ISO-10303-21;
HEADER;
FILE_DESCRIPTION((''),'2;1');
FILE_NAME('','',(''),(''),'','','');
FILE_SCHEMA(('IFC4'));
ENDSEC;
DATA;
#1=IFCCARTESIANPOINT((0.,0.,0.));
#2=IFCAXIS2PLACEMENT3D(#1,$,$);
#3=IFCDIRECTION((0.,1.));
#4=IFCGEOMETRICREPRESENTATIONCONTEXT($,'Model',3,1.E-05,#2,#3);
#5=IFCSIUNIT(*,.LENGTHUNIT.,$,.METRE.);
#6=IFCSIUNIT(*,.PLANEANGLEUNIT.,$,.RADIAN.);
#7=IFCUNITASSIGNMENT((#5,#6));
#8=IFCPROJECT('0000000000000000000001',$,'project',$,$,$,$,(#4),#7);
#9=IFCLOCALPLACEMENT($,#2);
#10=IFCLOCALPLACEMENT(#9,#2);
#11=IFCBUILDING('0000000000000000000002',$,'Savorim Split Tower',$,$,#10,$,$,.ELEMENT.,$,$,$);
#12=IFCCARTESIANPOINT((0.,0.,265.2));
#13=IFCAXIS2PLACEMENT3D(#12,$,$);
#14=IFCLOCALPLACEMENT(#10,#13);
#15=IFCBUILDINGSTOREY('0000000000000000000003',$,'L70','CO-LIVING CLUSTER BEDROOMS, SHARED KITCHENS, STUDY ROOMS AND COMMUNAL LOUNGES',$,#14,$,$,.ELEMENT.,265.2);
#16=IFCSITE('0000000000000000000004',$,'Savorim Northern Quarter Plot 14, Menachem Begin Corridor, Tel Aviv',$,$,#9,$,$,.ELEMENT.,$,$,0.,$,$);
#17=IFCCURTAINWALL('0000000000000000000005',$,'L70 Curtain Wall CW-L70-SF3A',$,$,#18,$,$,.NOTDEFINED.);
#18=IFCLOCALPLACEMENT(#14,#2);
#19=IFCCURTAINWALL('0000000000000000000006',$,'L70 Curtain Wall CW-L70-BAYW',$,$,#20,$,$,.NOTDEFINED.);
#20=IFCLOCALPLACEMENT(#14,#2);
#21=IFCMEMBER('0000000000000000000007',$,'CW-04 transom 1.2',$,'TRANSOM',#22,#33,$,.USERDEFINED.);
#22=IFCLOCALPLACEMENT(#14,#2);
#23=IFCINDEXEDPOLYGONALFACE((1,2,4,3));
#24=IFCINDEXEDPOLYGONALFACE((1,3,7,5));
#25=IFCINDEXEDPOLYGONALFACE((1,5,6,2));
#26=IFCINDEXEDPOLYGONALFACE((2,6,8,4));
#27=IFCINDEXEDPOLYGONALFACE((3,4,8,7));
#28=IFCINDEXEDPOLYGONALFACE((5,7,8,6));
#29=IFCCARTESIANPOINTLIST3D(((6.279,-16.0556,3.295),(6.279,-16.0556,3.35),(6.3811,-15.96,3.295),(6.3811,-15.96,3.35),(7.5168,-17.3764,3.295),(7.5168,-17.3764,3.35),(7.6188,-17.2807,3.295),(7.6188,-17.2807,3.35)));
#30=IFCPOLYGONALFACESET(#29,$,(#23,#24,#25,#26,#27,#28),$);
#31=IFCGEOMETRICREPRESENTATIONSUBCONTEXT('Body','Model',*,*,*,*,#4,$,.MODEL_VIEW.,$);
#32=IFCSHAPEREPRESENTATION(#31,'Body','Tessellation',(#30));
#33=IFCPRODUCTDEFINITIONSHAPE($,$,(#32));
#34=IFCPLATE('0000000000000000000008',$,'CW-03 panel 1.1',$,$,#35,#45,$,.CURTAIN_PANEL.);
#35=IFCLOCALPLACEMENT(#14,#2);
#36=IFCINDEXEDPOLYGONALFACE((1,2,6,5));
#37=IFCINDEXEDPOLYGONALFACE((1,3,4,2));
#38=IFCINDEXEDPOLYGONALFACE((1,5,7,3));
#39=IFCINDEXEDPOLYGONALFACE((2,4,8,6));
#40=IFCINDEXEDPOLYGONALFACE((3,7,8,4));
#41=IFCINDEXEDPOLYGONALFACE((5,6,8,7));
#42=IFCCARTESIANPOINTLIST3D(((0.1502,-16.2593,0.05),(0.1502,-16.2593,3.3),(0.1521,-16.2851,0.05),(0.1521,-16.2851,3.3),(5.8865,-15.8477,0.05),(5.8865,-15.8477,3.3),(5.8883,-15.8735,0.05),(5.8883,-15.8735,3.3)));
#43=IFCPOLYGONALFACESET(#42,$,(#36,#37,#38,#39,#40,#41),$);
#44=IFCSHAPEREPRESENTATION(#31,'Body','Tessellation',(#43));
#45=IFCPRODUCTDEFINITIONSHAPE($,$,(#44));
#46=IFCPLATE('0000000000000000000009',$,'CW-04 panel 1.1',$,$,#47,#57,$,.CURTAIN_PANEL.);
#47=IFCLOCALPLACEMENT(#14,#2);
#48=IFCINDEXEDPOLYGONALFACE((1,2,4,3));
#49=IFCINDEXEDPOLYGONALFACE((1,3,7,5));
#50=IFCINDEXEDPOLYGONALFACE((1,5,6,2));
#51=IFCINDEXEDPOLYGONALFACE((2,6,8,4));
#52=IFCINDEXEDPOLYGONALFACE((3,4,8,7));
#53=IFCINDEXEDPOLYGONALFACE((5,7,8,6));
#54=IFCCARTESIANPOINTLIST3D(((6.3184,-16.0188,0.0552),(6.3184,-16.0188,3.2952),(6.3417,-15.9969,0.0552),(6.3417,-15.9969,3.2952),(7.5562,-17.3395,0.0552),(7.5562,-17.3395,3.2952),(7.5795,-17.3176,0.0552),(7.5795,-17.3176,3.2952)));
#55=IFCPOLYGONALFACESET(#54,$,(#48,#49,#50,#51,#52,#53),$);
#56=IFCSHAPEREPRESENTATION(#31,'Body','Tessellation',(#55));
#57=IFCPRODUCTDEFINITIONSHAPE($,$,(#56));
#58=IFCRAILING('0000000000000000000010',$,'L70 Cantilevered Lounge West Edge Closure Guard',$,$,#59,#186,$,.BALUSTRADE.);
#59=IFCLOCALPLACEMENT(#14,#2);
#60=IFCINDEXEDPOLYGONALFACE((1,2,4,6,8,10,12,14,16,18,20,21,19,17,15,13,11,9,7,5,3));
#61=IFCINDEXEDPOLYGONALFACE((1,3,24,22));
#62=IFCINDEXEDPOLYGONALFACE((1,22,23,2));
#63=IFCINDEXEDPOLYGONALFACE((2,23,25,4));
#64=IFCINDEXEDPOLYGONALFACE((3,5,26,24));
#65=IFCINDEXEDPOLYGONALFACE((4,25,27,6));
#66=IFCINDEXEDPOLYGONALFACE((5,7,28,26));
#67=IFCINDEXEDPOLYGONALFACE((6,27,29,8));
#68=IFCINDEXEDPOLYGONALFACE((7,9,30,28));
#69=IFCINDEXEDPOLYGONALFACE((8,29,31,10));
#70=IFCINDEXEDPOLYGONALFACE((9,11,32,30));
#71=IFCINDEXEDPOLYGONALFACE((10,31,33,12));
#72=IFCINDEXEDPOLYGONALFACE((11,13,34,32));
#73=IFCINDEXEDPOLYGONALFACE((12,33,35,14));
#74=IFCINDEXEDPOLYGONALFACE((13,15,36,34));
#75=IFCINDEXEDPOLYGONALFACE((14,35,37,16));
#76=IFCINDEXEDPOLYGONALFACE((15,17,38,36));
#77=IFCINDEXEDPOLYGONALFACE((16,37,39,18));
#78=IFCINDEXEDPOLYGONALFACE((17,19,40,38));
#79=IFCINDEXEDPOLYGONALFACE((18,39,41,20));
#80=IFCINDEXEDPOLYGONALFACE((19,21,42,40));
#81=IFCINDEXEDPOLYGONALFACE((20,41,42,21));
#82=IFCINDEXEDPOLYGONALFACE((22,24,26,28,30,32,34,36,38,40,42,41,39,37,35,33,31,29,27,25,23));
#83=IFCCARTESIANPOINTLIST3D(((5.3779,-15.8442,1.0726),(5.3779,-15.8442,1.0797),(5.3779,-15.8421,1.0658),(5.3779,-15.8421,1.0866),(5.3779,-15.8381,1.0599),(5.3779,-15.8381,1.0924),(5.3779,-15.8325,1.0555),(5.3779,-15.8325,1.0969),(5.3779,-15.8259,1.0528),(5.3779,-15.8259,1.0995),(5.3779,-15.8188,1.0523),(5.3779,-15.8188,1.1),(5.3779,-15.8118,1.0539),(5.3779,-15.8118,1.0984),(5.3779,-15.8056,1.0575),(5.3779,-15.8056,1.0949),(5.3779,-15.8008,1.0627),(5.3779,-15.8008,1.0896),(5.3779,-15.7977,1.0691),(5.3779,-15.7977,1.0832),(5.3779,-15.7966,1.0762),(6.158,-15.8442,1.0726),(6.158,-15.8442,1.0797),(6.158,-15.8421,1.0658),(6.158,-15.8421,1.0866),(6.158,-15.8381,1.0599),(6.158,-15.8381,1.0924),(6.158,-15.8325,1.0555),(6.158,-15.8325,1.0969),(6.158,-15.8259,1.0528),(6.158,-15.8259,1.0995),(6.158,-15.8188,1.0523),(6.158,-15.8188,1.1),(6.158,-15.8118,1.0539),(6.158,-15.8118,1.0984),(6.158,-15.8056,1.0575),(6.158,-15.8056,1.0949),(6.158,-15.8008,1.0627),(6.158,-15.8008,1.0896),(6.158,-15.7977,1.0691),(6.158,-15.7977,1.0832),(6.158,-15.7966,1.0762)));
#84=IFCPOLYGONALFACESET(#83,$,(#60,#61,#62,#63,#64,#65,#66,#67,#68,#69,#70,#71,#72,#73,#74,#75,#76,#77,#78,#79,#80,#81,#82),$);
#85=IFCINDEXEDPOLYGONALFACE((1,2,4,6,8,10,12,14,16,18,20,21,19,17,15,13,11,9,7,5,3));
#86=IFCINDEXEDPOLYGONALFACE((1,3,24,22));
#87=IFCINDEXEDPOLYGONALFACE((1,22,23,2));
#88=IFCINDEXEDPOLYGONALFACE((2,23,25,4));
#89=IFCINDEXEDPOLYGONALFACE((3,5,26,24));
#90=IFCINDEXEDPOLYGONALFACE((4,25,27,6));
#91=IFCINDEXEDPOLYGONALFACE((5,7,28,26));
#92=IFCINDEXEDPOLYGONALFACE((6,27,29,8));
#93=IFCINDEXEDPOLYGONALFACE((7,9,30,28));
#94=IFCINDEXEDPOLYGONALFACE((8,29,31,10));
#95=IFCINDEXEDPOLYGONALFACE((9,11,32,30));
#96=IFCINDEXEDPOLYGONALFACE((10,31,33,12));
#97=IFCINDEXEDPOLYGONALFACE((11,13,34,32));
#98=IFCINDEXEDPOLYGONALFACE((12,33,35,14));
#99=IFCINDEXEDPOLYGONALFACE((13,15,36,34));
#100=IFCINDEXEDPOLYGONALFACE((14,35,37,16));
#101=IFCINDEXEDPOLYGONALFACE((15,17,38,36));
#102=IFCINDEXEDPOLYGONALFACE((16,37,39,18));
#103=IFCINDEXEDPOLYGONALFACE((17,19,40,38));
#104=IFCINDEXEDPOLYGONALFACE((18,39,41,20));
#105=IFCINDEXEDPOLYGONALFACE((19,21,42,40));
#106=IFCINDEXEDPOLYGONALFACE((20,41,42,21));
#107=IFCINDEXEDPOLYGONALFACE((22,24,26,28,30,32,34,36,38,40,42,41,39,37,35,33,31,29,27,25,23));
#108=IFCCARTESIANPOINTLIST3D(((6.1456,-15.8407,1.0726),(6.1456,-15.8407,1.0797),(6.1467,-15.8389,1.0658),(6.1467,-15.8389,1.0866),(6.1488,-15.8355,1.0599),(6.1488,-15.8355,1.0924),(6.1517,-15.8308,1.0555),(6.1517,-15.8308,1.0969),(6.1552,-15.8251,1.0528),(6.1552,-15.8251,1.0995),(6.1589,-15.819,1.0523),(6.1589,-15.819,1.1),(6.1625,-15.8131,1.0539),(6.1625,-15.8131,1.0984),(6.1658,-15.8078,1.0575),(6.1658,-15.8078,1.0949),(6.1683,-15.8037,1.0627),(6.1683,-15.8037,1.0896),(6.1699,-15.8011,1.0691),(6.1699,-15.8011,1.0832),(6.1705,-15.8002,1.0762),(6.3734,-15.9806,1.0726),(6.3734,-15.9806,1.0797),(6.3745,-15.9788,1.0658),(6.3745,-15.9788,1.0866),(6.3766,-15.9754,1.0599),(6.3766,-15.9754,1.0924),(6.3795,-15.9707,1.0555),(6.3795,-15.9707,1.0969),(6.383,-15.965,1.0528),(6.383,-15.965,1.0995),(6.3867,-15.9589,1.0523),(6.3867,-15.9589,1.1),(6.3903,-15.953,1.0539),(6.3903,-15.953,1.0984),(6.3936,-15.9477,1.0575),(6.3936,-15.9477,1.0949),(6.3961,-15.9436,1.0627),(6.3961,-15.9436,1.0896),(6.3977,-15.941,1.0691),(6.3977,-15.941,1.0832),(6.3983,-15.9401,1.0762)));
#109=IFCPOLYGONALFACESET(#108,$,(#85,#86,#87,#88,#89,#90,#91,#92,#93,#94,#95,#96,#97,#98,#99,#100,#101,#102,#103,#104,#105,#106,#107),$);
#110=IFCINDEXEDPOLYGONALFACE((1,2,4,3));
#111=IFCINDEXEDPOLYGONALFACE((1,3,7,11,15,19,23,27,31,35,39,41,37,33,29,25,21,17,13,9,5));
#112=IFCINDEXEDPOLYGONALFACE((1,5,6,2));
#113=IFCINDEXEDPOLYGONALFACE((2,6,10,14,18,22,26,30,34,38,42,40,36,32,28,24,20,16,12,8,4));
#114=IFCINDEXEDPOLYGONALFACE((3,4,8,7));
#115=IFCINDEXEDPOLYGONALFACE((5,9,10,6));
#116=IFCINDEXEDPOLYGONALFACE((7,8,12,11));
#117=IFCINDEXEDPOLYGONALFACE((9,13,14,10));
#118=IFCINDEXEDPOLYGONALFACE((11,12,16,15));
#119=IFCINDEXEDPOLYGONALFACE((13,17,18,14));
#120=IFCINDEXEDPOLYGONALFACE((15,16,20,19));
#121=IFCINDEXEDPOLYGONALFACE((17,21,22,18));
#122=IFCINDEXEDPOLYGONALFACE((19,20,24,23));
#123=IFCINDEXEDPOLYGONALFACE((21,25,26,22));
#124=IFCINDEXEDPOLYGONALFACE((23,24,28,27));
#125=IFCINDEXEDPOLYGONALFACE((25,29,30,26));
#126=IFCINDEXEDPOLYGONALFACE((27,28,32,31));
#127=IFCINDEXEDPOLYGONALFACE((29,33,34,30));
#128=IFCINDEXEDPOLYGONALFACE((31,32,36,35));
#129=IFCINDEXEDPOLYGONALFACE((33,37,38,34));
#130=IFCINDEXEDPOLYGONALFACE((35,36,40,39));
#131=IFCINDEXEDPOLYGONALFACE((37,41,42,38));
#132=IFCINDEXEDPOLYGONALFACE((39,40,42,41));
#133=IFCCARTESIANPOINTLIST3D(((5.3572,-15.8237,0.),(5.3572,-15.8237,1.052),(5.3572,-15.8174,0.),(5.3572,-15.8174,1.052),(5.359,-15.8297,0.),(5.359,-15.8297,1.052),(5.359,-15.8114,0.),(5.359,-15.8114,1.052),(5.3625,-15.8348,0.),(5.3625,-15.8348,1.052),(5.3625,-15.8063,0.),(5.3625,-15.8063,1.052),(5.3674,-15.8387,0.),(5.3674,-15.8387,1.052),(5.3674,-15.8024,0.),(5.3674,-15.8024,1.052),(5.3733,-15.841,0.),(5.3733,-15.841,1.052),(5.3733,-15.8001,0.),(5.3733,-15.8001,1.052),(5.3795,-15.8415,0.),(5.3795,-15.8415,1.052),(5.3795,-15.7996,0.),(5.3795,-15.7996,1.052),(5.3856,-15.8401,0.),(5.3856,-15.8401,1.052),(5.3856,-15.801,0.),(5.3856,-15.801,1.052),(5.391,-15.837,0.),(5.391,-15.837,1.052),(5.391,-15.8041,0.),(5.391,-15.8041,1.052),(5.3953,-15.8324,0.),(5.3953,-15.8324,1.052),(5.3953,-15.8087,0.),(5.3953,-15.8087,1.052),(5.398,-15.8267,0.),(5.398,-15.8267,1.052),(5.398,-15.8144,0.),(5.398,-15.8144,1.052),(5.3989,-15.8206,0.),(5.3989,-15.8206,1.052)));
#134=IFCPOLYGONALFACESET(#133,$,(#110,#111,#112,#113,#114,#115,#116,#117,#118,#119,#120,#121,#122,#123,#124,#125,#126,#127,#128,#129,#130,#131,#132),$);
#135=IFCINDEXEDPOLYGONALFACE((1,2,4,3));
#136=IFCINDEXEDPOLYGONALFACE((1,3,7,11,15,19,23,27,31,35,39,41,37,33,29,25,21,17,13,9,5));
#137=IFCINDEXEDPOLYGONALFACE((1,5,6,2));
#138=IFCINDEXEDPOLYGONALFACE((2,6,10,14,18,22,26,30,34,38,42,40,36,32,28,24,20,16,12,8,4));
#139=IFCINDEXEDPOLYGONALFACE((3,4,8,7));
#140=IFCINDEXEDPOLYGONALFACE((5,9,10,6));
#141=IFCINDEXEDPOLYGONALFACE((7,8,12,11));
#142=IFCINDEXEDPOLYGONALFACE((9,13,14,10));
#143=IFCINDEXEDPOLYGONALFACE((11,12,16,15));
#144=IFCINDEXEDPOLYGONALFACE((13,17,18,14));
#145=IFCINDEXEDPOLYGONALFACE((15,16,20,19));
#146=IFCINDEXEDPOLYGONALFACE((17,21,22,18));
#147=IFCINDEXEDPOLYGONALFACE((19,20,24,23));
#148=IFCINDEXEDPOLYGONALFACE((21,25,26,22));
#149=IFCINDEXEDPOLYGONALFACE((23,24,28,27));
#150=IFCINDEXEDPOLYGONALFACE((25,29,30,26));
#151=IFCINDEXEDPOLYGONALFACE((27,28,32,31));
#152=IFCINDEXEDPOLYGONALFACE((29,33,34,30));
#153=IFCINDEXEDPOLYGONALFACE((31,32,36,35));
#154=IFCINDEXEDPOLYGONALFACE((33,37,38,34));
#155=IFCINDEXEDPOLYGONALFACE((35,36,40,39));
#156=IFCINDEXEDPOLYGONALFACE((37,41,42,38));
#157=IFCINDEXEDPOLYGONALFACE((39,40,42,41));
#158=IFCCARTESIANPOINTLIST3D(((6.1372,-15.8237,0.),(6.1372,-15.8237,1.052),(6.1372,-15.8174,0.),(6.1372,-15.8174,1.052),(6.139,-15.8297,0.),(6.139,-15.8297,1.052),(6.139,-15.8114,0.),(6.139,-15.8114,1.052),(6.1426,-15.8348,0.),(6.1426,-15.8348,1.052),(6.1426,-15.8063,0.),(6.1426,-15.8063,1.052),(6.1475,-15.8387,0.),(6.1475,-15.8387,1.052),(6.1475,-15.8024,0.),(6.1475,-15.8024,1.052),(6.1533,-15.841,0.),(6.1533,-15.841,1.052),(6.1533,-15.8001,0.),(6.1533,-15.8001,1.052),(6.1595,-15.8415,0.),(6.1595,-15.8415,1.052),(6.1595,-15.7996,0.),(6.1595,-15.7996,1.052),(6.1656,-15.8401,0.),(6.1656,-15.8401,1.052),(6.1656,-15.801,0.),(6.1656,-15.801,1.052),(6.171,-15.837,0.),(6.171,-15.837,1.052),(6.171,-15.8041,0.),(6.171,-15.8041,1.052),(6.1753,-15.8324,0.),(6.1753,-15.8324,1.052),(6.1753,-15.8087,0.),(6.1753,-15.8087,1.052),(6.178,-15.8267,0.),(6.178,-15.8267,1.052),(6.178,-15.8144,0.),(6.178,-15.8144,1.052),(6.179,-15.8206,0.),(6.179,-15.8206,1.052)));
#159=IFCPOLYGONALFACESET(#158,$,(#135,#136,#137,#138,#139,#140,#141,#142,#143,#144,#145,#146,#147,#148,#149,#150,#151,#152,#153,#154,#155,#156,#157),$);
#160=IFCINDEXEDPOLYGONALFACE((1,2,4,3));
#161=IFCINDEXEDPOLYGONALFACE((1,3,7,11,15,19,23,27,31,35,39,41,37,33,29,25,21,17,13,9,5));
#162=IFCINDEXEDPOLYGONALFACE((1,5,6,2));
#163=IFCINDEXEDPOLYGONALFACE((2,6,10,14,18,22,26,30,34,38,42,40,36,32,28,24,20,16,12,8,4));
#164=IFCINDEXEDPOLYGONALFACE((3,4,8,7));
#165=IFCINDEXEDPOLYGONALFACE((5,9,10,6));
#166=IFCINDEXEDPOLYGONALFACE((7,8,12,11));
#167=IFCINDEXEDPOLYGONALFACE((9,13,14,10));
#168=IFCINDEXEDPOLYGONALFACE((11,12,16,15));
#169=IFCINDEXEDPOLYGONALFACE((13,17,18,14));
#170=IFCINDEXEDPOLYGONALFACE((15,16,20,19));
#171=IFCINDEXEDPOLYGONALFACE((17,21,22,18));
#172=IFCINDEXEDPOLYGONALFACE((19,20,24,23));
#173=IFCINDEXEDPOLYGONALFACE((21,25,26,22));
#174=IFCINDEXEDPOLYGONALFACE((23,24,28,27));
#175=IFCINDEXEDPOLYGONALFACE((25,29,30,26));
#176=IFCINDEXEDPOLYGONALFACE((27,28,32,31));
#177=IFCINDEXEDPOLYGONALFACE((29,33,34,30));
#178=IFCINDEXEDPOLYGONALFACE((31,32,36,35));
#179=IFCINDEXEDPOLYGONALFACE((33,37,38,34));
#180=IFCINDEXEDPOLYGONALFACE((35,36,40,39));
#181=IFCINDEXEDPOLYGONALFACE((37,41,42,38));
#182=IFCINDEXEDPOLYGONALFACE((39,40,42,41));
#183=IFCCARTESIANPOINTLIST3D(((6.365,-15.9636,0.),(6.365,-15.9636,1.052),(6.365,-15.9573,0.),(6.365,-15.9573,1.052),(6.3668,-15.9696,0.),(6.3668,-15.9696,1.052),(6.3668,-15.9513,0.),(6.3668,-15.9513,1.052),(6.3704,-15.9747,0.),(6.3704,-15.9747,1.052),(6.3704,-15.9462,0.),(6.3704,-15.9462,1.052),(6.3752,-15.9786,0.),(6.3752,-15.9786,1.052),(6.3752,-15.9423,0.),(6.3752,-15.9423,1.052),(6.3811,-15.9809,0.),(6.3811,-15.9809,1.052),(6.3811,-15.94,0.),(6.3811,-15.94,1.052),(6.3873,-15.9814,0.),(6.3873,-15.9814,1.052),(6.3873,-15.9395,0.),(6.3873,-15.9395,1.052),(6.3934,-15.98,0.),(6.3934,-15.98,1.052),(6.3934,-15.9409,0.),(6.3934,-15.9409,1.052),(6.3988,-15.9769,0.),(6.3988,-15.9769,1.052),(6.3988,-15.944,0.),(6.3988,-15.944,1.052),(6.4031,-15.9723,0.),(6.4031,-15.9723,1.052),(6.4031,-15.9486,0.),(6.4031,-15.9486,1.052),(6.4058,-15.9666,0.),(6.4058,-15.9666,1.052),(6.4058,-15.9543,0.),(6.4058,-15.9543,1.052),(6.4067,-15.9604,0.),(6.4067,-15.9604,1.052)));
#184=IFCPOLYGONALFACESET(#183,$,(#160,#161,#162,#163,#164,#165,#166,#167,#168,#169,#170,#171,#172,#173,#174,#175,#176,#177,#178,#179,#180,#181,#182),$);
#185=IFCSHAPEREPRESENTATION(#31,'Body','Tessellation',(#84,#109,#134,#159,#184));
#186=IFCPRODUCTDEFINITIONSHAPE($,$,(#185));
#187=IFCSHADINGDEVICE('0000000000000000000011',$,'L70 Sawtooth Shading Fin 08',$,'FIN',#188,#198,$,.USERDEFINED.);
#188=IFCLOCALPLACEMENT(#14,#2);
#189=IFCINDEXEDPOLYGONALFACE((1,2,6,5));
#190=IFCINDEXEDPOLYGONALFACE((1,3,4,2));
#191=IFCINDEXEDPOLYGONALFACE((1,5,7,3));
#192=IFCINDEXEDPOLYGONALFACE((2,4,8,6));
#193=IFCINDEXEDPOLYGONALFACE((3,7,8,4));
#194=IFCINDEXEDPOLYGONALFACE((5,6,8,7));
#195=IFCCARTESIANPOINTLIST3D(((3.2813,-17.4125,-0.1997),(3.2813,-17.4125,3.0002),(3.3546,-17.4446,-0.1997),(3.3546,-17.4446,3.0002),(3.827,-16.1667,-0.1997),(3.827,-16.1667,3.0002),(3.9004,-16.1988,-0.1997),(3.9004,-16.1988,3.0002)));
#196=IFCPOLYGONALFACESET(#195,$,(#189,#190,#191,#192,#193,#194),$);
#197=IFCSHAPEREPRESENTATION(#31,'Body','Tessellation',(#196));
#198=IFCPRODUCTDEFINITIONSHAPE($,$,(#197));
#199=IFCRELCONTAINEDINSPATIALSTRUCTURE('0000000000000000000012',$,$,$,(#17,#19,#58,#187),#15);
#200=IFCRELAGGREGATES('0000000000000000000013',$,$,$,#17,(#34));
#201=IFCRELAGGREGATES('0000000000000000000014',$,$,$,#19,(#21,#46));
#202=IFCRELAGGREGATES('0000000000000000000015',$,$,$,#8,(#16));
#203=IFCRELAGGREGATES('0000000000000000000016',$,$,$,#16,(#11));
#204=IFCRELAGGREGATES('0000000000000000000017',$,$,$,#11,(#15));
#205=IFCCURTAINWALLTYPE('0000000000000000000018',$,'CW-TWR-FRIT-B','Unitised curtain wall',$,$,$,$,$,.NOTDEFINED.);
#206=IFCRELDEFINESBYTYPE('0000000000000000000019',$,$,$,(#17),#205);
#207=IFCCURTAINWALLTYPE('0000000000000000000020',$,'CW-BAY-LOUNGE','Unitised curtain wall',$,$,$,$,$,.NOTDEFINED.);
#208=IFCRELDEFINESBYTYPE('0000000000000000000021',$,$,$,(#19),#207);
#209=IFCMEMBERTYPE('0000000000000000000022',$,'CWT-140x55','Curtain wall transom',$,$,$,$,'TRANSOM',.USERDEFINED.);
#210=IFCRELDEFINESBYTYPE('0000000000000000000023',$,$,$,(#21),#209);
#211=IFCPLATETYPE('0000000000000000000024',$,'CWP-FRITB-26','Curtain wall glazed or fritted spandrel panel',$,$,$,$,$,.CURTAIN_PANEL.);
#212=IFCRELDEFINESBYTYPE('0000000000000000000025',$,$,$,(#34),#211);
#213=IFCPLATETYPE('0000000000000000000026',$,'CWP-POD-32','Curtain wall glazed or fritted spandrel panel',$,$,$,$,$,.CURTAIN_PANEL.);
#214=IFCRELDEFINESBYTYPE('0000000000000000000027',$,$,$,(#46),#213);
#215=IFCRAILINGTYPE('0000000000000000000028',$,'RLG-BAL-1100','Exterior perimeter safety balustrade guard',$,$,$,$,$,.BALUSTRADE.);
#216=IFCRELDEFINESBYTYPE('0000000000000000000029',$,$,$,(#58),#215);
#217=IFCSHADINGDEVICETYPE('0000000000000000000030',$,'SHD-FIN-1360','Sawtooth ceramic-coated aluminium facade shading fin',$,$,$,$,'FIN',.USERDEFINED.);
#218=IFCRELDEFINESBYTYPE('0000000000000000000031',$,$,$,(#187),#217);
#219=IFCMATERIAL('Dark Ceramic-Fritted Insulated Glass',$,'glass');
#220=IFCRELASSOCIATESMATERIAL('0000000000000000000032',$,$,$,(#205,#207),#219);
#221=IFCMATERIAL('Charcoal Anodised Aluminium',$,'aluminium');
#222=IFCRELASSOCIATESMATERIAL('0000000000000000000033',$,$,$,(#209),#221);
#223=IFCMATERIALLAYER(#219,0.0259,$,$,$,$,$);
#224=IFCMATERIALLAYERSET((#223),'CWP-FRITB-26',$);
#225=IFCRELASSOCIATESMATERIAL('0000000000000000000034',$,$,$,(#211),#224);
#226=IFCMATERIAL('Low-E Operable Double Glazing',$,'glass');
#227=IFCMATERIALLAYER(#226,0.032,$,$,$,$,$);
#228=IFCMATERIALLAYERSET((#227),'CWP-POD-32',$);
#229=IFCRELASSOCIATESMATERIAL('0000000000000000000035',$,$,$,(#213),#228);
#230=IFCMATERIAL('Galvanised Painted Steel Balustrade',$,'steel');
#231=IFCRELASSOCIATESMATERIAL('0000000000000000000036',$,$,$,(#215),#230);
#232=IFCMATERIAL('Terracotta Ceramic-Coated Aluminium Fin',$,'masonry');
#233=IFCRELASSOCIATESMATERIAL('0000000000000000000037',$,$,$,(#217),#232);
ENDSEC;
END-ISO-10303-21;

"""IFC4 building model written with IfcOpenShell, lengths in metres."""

from ifc_helpers import new_model, si_unit, direction, frame, origin, origin_2d, place, context, subcontext, project, spatial, rectangle, circle, extrude, material, layer, layer_set, material_profile, profile_set, type_object, element, aggregate, save


model = new_model("IFC4")

# Units and contexts
model_context = context("Model", 3, precision=1e-05, world=origin(), true_north=direction((0.0, 1.0)))
body_context = subcontext(model_context, "Body", "Model", "MODEL_VIEW")
ifc_project = project(units=[si_unit("LENGTHUNIT", "METRE"), si_unit("PLANEANGLEUNIT", "RADIAN")], contexts=[model_context])

# Site, building, storey
site_placement = place(None, origin())
site = spatial("IfcSite", under=ifc_project, at=site_placement, Name="Savorim Northern Quarter Plot 14, Menachem Begin Corridor, Tel Aviv", CompositionType="ELEMENT", RefElevation=0.0)
building_placement = place(site_placement, origin())
building = spatial("IfcBuilding", under=site, at=building_placement, Name="Savorim Split Tower", CompositionType="ELEMENT")
storey_placement = place(building_placement, frame((0.0, 0.0, 265.2)))
storey = spatial("IfcBuildingStorey", under=building, at=storey_placement, Name="L70", Description="CO-LIVING CLUSTER BEDROOMS, SHARED KITCHENS, STUDY ROOMS AND COMMUNAL LOUNGES", CompositionType="ELEMENT", Elevation=265.2)

# Curtain wall
ifc_material_1 = material(Name="Dark Ceramic-Fritted Insulated Glass", Category="glass")
curtain_wall_type_1 = type_object("IfcCurtainWallType", Name="CW-TWR-FRIT-B", Description="Unitised curtain wall", PredefinedType="NOTDEFINED", material=ifc_material_1)
curtain_wall_1_placement = place(storey_placement, origin())
curtain_wall_1 = element("IfcCurtainWall", 1, at=curtain_wall_1_placement, inside=storey, type_object=curtain_wall_type_1, Name="L70 Curtain Wall CW-L70-SF3A", PredefinedType="NOTDEFINED")
ifc_material_2 = material(Name="Charcoal Anodised Aluminium", Category="aluminium")

# Shared definitions
curtain_wall_type_2 = type_object("IfcCurtainWallType", Name="CW-BAY-LOUNGE", Description="Unitised curtain wall", PredefinedType="NOTDEFINED", material=ifc_material_1)

# Curtain wall
curtain_wall_2_placement = place(storey_placement, origin())
curtain_wall_2 = element("IfcCurtainWall", 2, at=curtain_wall_2_placement, inside=storey, type_object=curtain_wall_type_2, Name="L70 Curtain Wall CW-L70-BAYW", PredefinedType="NOTDEFINED")

# Member
ifc_material_profile_1 = material_profile(ifc_material_2, rectangle(XDim=0.1399, YDim=0.0549, at=origin_2d()), Name="ALU-T 140x55")
ifc_profile_set_1 = profile_set([ifc_material_profile_1], Name="Charcoal Anodised Aluminium")
member_type_1 = type_object("IfcMemberType", Name="CWT-140x55", Description="Curtain wall transom", ElementType="TRANSOM", PredefinedType="USERDEFINED", material=ifc_profile_set_1)
member_1_placement = place(storey_placement, frame((6.3301, -16.0078, 3.3225), z_axis=(0.683807, -0.729663, 0.0), x_axis=(0.729663, 0.683807, 0.0)))
member_1 = element("IfcMember", 3, at=member_1_placement, type_object=member_type_1, Name="CW-04 transom 1.2", ObjectType="TRANSOM", PredefinedType="USERDEFINED", context=body_context, shape_type="SweptSolid", body=[
    extrude(rectangle(XDim=0.1399, YDim=0.0549, at=origin_2d()), origin(), (0.0, 0.0, 1.0), 1.8101),
])

# Plates
ifc_layer_1 = layer(ifc_material_1, 0.0259)
ifc_layer_set_1 = layer_set([ifc_layer_1], Name="CWP-FRITB-26")
plate_type_1 = type_object("IfcPlateType", Name="CWP-FRITB-26", Description="Curtain wall glazed or fritted spandrel panel", PredefinedType="CURTAIN_PANEL", material=ifc_layer_set_1)
plate_1_placement = place(storey_placement, frame((3.0193, -16.0664, 0.05), z_axis=(0.0, 0.0, 1.0), x_axis=(0.997435, 0.071571, 0.0)))
plate_1 = element("IfcPlate", 4, at=plate_1_placement, type_object=plate_type_1, Name="CW-03 panel 1.1", PredefinedType="CURTAIN_PANEL", context=body_context, shape_type="SweptSolid", body=[
    extrude(rectangle(XDim=5.751, YDim=0.0259, at=origin_2d()), origin(), (0.0, 0.0, 1.0), 3.25),
])
aggregate(curtain_wall_1, [plate_1])
ifc_material_3 = material(Name="Low-E Operable Double Glazing", Category="glass")
ifc_layer_2 = layer(ifc_material_3, 0.032)
ifc_layer_set_2 = layer_set([ifc_layer_2], Name="CWP-POD-32")
plate_type_2 = type_object("IfcPlateType", Name="CWP-POD-32", Description="Curtain wall glazed or fritted spandrel panel", PredefinedType="CURTAIN_PANEL", material=ifc_layer_set_2)
plate_2_placement = place(storey_placement, frame((6.949, -16.6682, 0.0552), z_axis=(0.0, 0.0, 1.0), x_axis=(0.68385, -0.729622, 0.0)))
plate_2 = element("IfcPlate", 5, at=plate_2_placement, type_object=plate_type_2, Name="CW-04 panel 1.1", PredefinedType="CURTAIN_PANEL", context=body_context, shape_type="SweptSolid", body=[
    extrude(rectangle(XDim=1.8101, YDim=0.032, at=origin_2d()), origin(), (0.0, 0.0, 1.0), 3.24),
])
aggregate(curtain_wall_2, [member_1, plate_2])

# Railing
ifc_material_4 = material(Name="Galvanised Painted Steel Balustrade", Category="steel")
railing_type = type_object("IfcRailingType", Name="RLG-BAL-1100", Description="Exterior perimeter safety balustrade guard", PredefinedType="BALUSTRADE", material=ifc_material_4)
railing_placement = place(storey_placement, frame((5.3779, -15.8206, 0.0)))
element("IfcRailing", 6, at=railing_placement, inside=storey, type_object=railing_type, Name="L70 Cantilevered Lounge West Edge Closure Guard", PredefinedType="BALUSTRADE", context=body_context, shape_type="SweptSolid", body=[
    extrude(circle(Radius=0.0239, at=origin_2d()), frame((0.0, 0.0, 1.0762), z_axis=(1.0, 0.0, 0.0), x_axis=(0.0, 1.0, 0.0)), (0.0, 0.0, 1.0), 0.78),
    extrude(circle(Radius=0.0239, at=origin_2d()), frame((0.78, 0.0, 1.0762), z_axis=(0.852128, -0.523333, 0.0), x_axis=(0.523333, 0.852128, 0.0)), (0.0, 0.0, 1.0), 0.2673),
    extrude(circle(Radius=0.021, at=origin_2d()), origin(), (0.0, 0.0, 1.0), 1.052),
    extrude(circle(Radius=0.021, at=origin_2d()), frame((0.78, 0.0, 0.0)), (0.0, 0.0, 1.0), 1.052),
    extrude(circle(Radius=0.021, at=origin_2d()), frame((1.0078, -0.1399, 0.0)), (0.0, 0.0, 1.0), 1.052),
])

# Shading device
ifc_material_5 = material(Name="Terracotta Ceramic-Coated Aluminium Fin", Category="masonry")
shading_device_type = type_object("IfcShadingDeviceType", Name="SHD-FIN-1360", Description="Sawtooth ceramic-coated aluminium facade shading fin", ElementType="FIN", PredefinedType="USERDEFINED", material=ifc_material_5)
shading_device_placement = place(storey_placement, frame((3.5908, -16.8057, -0.1997), z_axis=(0.0, 0.0, 1.0), x_axis=(-0.40123, -0.915977, 0.0)))
element("IfcShadingDevice", 7, at=shading_device_placement, inside=storey, type_object=shading_device_type, Name="L70 Sawtooth Shading Fin 08", ObjectType="FIN", PredefinedType="USERDEFINED", context=body_context, shape_type="SweptSolid", body=[
    extrude(rectangle(XDim=1.3601, YDim=0.0801, at=origin_2d()), origin(), (0.0, 0.0, 1.0), 3.2),
])

save(model, "model.ifc")
